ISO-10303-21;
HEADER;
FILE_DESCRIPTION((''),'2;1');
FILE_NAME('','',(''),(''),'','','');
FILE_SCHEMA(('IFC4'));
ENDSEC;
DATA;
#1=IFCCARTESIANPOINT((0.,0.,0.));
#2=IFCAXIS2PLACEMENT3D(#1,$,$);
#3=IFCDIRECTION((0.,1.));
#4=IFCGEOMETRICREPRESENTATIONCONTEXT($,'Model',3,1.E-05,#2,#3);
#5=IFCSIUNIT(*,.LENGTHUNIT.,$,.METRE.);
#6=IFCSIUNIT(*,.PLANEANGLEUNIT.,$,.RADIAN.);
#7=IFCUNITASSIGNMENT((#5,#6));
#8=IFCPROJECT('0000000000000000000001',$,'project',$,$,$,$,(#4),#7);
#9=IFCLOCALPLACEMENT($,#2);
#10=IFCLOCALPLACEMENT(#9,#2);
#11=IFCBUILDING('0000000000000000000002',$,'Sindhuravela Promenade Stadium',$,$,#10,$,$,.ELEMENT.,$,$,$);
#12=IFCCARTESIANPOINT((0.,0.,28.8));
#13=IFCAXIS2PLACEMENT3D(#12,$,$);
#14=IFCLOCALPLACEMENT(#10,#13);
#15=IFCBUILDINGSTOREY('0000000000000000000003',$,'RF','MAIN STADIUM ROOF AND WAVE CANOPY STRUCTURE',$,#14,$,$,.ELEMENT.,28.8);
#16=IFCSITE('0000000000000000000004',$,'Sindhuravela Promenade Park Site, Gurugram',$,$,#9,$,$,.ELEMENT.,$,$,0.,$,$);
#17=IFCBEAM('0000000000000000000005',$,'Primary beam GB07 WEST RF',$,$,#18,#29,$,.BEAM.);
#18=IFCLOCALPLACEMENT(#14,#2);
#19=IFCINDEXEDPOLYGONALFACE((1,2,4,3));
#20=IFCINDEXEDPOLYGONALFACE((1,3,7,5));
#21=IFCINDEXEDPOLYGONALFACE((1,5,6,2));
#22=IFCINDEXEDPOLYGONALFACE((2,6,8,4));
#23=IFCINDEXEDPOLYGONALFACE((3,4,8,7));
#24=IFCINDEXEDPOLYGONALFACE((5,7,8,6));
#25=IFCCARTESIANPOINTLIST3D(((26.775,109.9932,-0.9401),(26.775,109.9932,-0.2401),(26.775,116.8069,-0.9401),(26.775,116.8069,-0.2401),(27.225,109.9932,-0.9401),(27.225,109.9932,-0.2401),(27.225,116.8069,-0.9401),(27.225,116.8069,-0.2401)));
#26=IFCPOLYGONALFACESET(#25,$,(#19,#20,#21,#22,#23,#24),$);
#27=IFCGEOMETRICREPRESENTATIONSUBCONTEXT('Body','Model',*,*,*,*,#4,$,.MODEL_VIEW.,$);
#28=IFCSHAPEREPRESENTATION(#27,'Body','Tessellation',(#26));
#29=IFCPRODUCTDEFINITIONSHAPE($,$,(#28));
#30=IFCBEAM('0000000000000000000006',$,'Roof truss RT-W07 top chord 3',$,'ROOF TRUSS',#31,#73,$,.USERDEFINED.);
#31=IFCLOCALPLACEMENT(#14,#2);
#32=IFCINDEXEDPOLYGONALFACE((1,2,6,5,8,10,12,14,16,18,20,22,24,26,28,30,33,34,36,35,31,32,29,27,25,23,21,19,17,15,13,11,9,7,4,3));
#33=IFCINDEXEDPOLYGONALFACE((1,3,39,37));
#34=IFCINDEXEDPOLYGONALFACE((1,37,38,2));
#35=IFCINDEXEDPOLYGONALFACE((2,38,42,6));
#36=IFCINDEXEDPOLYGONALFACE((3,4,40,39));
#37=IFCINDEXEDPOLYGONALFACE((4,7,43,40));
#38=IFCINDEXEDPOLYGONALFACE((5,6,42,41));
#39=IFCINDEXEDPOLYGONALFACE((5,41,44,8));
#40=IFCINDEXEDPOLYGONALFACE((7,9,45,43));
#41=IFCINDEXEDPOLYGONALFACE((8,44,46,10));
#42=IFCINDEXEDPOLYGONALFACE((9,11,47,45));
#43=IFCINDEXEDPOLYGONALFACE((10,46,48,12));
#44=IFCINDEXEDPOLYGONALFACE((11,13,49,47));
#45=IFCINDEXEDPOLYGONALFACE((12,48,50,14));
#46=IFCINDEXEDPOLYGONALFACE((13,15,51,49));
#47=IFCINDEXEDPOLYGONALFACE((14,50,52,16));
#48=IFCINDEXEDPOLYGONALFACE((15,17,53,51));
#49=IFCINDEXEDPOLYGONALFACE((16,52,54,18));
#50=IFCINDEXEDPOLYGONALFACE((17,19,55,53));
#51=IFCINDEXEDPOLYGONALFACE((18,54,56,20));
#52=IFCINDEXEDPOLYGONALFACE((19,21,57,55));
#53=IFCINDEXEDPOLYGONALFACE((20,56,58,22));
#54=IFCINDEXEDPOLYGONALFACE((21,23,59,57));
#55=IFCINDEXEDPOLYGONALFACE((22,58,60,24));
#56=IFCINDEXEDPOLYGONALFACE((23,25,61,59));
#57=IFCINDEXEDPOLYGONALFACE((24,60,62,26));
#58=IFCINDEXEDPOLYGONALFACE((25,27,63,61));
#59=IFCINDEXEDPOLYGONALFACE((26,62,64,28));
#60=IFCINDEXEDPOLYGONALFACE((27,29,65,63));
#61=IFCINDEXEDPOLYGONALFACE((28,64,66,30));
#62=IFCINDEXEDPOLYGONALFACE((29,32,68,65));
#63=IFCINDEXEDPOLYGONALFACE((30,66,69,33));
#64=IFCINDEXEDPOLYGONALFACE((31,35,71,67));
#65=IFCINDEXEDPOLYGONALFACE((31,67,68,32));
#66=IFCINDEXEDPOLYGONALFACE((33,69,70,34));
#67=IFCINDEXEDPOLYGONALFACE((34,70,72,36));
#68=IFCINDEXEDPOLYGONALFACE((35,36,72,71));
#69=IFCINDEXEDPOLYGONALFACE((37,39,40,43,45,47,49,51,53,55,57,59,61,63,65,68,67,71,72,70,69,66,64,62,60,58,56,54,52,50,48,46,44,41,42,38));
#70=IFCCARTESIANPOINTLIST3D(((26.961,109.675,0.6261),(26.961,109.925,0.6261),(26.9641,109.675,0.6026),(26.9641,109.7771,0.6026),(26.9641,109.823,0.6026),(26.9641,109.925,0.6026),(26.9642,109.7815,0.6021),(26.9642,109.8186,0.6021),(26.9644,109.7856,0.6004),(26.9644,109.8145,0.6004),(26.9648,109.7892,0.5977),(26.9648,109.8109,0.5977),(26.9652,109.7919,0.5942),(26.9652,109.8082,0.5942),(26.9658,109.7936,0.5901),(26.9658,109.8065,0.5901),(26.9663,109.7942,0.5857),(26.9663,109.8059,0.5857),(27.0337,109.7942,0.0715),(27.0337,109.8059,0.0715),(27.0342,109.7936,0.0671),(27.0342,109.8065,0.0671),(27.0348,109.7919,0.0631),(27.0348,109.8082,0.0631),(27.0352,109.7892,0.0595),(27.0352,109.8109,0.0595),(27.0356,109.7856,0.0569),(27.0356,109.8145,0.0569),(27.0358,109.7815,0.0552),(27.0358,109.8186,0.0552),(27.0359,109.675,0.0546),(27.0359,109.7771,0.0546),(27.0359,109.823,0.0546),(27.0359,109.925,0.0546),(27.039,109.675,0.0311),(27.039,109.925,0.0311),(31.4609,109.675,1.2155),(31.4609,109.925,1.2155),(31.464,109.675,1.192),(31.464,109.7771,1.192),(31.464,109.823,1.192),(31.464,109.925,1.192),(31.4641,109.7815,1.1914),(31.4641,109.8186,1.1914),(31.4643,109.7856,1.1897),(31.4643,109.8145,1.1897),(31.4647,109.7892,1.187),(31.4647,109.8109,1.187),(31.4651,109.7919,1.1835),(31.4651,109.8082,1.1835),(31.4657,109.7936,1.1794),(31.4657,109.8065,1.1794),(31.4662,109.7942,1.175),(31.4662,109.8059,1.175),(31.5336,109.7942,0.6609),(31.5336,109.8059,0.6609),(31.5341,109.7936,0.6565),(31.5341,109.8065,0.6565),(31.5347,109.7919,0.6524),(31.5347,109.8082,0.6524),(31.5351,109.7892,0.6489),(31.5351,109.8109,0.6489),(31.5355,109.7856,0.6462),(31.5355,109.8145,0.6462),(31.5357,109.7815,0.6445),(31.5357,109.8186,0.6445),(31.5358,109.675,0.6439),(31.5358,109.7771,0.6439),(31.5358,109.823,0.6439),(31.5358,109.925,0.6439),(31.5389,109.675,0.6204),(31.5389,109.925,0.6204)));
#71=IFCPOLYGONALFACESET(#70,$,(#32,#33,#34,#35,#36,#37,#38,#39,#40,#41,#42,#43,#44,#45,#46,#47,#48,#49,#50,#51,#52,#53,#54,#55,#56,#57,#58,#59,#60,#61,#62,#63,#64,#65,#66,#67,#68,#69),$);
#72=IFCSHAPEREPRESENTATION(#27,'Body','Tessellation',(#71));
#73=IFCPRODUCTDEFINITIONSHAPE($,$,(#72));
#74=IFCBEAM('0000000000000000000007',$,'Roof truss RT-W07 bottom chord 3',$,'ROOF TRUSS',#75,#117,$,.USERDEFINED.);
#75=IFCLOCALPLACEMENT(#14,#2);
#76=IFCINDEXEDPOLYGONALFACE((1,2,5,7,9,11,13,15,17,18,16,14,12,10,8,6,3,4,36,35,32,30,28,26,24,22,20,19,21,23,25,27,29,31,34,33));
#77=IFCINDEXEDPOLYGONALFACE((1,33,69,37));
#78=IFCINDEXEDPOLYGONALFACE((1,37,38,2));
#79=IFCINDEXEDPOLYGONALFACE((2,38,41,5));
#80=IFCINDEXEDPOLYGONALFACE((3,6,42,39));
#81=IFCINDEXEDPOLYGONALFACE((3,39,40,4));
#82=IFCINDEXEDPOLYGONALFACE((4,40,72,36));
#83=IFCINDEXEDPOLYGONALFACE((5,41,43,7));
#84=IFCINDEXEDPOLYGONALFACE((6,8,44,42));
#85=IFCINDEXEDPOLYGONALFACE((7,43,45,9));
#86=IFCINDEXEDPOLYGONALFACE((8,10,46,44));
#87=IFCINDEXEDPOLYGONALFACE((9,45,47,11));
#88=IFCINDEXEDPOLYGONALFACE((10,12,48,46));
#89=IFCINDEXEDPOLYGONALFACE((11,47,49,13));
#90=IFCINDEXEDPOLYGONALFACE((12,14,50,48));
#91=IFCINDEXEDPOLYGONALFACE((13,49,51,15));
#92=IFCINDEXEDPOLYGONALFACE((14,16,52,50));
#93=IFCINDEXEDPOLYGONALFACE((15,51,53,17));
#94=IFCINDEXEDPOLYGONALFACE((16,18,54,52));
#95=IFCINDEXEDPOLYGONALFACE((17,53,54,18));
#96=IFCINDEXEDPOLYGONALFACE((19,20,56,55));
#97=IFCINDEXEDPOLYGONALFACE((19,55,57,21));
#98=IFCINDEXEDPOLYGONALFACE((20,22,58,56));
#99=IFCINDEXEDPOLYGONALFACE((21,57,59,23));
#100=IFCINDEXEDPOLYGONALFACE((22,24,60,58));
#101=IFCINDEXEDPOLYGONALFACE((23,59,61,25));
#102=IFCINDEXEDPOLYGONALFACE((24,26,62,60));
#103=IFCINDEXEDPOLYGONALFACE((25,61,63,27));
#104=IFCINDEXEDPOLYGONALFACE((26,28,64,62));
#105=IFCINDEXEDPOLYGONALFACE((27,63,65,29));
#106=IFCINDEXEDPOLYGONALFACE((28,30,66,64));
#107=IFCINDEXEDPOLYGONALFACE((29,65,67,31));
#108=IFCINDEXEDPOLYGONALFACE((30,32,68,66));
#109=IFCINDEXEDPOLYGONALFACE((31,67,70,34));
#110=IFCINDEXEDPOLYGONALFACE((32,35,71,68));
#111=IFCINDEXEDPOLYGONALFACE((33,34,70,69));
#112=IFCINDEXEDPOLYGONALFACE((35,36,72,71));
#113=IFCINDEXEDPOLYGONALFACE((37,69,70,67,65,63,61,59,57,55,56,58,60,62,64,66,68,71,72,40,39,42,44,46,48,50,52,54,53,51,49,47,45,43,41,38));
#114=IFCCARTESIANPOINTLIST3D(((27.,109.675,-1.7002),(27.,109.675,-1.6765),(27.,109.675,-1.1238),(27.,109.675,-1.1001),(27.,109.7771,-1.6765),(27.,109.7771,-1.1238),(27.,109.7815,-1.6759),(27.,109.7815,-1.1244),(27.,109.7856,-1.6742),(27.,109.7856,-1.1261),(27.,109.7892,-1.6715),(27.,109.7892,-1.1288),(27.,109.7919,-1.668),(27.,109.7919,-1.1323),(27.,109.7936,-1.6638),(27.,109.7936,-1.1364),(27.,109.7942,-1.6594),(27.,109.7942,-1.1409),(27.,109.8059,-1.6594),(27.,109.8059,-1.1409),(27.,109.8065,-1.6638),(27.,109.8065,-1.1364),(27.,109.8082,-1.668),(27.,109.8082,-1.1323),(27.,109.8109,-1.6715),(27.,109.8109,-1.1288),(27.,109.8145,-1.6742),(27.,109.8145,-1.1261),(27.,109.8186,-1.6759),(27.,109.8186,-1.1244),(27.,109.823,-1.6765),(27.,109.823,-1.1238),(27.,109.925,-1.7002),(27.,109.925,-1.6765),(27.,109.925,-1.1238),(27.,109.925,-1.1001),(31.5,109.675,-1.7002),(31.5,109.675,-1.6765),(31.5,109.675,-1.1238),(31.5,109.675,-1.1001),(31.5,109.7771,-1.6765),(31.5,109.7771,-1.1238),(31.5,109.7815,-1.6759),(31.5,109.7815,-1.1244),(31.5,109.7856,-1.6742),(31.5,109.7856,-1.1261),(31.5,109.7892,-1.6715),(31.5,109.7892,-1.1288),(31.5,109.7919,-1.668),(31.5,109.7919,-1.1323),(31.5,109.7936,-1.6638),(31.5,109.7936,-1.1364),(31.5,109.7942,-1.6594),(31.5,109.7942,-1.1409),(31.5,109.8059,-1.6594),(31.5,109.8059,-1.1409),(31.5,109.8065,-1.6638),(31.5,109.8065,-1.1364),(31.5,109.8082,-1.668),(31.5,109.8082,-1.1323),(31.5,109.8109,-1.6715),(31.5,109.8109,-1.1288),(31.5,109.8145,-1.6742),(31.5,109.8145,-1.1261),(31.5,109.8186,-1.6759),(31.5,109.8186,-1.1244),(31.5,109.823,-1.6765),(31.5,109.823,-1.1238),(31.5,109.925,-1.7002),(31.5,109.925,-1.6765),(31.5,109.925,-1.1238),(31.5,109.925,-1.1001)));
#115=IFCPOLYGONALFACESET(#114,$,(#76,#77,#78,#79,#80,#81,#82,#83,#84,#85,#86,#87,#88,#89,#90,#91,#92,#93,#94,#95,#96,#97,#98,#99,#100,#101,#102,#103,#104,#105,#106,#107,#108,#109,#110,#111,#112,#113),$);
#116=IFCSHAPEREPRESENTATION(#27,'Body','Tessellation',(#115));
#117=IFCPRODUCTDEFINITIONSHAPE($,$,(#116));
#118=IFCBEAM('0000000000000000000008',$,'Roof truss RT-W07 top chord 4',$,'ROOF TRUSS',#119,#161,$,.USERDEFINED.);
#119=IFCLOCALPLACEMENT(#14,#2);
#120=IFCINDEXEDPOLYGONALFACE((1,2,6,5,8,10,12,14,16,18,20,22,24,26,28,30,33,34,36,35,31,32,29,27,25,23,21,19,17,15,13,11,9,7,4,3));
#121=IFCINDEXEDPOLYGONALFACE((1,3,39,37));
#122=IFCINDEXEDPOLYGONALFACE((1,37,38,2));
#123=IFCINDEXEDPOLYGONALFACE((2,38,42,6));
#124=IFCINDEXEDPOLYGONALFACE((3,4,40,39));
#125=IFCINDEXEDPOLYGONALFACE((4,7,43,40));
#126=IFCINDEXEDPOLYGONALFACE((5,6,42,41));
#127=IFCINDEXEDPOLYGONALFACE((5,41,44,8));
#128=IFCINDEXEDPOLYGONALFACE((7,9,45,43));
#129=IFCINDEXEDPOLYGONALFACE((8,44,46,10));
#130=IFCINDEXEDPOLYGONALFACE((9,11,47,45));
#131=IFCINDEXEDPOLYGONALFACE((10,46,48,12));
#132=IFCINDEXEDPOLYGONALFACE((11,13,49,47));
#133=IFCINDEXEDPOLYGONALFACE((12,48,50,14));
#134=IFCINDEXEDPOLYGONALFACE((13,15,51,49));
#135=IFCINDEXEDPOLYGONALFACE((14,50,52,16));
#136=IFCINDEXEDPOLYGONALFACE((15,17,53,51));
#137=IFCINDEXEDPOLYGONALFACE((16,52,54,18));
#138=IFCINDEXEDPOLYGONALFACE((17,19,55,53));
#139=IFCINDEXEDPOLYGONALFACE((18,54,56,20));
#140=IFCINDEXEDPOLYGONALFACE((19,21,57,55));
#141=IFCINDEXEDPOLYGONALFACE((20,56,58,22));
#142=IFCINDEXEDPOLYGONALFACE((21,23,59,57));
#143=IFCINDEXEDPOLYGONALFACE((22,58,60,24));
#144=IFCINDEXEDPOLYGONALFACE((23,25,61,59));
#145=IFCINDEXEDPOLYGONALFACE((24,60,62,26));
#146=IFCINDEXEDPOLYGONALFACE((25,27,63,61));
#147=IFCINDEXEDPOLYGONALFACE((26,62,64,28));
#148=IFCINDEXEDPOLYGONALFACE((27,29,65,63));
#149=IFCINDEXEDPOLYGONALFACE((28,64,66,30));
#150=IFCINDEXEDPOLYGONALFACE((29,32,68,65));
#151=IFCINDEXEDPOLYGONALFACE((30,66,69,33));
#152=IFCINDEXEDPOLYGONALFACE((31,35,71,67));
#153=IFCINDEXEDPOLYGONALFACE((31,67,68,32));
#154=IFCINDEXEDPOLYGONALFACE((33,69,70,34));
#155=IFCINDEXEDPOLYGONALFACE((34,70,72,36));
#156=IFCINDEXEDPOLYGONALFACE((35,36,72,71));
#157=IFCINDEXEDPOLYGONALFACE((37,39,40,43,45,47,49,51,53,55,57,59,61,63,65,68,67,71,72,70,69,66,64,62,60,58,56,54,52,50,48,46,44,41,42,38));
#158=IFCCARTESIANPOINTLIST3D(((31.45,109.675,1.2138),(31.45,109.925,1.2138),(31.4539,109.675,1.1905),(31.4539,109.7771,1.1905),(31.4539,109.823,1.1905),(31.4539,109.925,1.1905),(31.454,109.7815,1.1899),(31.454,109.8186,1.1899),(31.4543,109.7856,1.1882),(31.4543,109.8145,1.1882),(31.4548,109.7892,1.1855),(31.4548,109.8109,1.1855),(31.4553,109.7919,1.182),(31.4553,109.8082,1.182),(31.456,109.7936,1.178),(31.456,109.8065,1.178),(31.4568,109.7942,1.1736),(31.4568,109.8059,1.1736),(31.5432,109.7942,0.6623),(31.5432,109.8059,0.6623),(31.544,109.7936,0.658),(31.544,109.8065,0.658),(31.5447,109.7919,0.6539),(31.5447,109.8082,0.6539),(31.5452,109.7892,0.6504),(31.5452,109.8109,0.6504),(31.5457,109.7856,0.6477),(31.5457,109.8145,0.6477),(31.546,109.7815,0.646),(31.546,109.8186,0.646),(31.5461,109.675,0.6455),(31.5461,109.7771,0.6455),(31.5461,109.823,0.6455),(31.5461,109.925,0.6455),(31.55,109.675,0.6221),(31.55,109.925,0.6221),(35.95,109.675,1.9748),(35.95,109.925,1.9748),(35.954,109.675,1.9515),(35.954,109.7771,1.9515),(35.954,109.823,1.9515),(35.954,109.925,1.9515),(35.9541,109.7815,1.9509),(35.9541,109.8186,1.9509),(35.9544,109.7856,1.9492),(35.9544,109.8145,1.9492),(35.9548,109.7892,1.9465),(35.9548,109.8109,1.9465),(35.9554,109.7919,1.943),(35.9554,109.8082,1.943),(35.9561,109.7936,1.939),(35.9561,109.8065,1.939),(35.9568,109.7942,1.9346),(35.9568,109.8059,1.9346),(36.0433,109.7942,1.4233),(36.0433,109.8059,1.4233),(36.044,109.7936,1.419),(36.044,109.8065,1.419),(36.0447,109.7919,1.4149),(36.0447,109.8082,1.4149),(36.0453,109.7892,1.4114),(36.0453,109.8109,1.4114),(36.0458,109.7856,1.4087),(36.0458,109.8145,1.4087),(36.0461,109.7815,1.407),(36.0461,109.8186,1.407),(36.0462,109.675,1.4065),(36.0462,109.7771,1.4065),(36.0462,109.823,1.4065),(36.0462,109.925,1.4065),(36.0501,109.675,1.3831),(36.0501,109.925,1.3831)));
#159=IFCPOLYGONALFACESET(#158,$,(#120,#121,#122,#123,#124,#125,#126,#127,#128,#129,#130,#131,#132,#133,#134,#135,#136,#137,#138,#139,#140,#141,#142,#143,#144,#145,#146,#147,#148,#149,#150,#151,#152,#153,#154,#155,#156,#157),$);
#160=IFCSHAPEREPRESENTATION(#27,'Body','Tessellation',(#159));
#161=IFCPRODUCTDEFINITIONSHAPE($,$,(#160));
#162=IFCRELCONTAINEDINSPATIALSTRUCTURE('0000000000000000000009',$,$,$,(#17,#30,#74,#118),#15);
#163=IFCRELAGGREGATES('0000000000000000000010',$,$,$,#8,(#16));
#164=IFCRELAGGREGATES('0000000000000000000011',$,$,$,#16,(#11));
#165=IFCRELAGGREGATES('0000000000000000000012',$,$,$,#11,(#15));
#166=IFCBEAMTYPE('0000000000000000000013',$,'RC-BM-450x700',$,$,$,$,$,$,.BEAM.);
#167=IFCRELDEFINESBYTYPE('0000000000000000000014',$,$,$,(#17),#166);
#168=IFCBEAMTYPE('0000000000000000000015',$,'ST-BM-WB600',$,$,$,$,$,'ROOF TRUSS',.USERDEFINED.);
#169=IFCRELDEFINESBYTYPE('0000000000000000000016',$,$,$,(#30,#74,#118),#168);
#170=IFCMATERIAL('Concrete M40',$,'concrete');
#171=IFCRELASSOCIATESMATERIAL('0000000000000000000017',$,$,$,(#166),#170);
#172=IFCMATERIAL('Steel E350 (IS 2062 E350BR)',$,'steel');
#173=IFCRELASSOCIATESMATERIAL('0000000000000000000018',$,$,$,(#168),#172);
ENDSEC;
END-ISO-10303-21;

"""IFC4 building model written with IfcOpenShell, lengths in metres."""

from ifc_helpers import new_model, si_unit, direction, frame, origin, origin_2d, place, context, subcontext, project, spatial, rectangle, i_section, extrude, material, material_profile, profile_set, type_object, element, save


model = new_model("IFC4")

# Units and contexts
model_context = context("Model", 3, precision=1e-05, world=origin(), true_north=direction((0.0, 1.0)))
body_context = subcontext(model_context, "Body", "Model", "MODEL_VIEW")
ifc_project = project(units=[si_unit("LENGTHUNIT", "METRE"), si_unit("PLANEANGLEUNIT", "RADIAN")], contexts=[model_context])

# Site, building, storey
site_placement = place(None, origin())
site = spatial("IfcSite", under=ifc_project, at=site_placement, Name="Sindhuravela Promenade Park Site, Gurugram", CompositionType="ELEMENT", RefElevation=0.0)
building_placement = place(site_placement, origin())
building = spatial("IfcBuilding", under=site, at=building_placement, Name="Sindhuravela Promenade Stadium", CompositionType="ELEMENT")
storey_placement = place(building_placement, frame((0.0, 0.0, 28.8)))
storey = spatial("IfcBuildingStorey", under=building, at=storey_placement, Name="RF", Description="MAIN STADIUM ROOF AND WAVE CANOPY STRUCTURE", CompositionType="ELEMENT", Elevation=28.8)

# Beams
ifc_material_1 = material(Name="Concrete M40", Category="concrete")
ifc_material_profile_1 = material_profile(ifc_material_1, rectangle(XDim=0.45, YDim=0.7, at=origin_2d()), Name="RC 450x700")
ifc_profile_set_1 = profile_set([ifc_material_profile_1], Name="Concrete M40")
beam_type_1 = type_object("IfcBeamType", Name="RC-BM-450x700", PredefinedType="BEAM", material=ifc_profile_set_1)
beam_1_placement = place(storey_placement, frame((27.0, 109.9932, -0.5901), z_axis=(0.0, 1.0, 0.0), x_axis=(-1.0, 0.0, 0.0)))
element("IfcBeam", 1, at=beam_1_placement, inside=storey, type_object=beam_type_1, Name="Primary beam GB07 WEST RF", PredefinedType="BEAM", context=body_context, shape_type="SweptSolid", body=[
    extrude(rectangle(XDim=0.45, YDim=0.7, at=origin_2d()), origin(), (0.0, 0.0, 1.0), 6.8137),
])
ifc_material_2 = material(Name="Steel E350 (IS 2062 E350BR)", Category="steel")
ifc_material_profile_2 = material_profile(ifc_material_2, i_section(OverallWidth=0.25, OverallDepth=0.6001, WebThickness=0.0117, FlangeThickness=0.0237, FilletRadius=0.0171, at=origin_2d()), Name="ISWB 600")
ifc_profile_set_2 = profile_set([ifc_material_profile_2], Name="Steel E350 (IS 2062 E350BR)")
beam_type_2 = type_object("IfcBeamType", Name="ST-BM-WB600", ElementType="ROOF TRUSS", PredefinedType="USERDEFINED", material=ifc_profile_set_2)
beam_2_placement = place(storey_placement, frame((27.0, 109.8, 0.3286), z_axis=(0.991532, 0.0, 0.129859), x_axis=(0.0, 1.0, 0.0)))
element("IfcBeam", 2, at=beam_2_placement, inside=storey, type_object=beam_type_2, Name="Roof truss RT-W07 top chord 3", ObjectType="ROOF TRUSS", PredefinedType="USERDEFINED", context=body_context, shape_type="SweptSolid", body=[
    extrude(i_section(OverallWidth=0.25, OverallDepth=0.6001, WebThickness=0.0117, FlangeThickness=0.0237, FilletRadius=0.0171, at=origin_2d()), origin(), (0.0, 0.0, 1.0), 4.5383),
])
beam_3_placement = place(storey_placement, frame((27.0, 109.8, -1.4001), z_axis=(1.0, 0.0, 0.0), x_axis=(0.0, 1.0, 0.0)))
element("IfcBeam", 3, at=beam_3_placement, inside=storey, type_object=beam_type_2, Name="Roof truss RT-W07 bottom chord 3", ObjectType="ROOF TRUSS", PredefinedType="USERDEFINED", context=body_context, shape_type="SweptSolid", body=[
    extrude(i_section(OverallWidth=0.25, OverallDepth=0.6001, WebThickness=0.0117, FlangeThickness=0.0237, FilletRadius=0.0171, at=origin_2d()), origin(), (0.0, 0.0, 1.0), 4.5),
])
beam_4_placement = place(storey_placement, frame((31.5, 109.8, 0.918), z_axis=(0.986001, 0.0, 0.166741), x_axis=(0.0, 1.0, 0.0)))
element("IfcBeam", 4, at=beam_4_placement, inside=storey, type_object=beam_type_2, Name="Roof truss RT-W07 top chord 4", ObjectType="ROOF TRUSS", PredefinedType="USERDEFINED", context=body_context, shape_type="SweptSolid", body=[
    extrude(i_section(OverallWidth=0.25, OverallDepth=0.6001, WebThickness=0.0117, FlangeThickness=0.0237, FilletRadius=0.0171, at=origin_2d()), origin(), (0.0, 0.0, 1.0), 4.564),
])

save(model, "model.ifc")
